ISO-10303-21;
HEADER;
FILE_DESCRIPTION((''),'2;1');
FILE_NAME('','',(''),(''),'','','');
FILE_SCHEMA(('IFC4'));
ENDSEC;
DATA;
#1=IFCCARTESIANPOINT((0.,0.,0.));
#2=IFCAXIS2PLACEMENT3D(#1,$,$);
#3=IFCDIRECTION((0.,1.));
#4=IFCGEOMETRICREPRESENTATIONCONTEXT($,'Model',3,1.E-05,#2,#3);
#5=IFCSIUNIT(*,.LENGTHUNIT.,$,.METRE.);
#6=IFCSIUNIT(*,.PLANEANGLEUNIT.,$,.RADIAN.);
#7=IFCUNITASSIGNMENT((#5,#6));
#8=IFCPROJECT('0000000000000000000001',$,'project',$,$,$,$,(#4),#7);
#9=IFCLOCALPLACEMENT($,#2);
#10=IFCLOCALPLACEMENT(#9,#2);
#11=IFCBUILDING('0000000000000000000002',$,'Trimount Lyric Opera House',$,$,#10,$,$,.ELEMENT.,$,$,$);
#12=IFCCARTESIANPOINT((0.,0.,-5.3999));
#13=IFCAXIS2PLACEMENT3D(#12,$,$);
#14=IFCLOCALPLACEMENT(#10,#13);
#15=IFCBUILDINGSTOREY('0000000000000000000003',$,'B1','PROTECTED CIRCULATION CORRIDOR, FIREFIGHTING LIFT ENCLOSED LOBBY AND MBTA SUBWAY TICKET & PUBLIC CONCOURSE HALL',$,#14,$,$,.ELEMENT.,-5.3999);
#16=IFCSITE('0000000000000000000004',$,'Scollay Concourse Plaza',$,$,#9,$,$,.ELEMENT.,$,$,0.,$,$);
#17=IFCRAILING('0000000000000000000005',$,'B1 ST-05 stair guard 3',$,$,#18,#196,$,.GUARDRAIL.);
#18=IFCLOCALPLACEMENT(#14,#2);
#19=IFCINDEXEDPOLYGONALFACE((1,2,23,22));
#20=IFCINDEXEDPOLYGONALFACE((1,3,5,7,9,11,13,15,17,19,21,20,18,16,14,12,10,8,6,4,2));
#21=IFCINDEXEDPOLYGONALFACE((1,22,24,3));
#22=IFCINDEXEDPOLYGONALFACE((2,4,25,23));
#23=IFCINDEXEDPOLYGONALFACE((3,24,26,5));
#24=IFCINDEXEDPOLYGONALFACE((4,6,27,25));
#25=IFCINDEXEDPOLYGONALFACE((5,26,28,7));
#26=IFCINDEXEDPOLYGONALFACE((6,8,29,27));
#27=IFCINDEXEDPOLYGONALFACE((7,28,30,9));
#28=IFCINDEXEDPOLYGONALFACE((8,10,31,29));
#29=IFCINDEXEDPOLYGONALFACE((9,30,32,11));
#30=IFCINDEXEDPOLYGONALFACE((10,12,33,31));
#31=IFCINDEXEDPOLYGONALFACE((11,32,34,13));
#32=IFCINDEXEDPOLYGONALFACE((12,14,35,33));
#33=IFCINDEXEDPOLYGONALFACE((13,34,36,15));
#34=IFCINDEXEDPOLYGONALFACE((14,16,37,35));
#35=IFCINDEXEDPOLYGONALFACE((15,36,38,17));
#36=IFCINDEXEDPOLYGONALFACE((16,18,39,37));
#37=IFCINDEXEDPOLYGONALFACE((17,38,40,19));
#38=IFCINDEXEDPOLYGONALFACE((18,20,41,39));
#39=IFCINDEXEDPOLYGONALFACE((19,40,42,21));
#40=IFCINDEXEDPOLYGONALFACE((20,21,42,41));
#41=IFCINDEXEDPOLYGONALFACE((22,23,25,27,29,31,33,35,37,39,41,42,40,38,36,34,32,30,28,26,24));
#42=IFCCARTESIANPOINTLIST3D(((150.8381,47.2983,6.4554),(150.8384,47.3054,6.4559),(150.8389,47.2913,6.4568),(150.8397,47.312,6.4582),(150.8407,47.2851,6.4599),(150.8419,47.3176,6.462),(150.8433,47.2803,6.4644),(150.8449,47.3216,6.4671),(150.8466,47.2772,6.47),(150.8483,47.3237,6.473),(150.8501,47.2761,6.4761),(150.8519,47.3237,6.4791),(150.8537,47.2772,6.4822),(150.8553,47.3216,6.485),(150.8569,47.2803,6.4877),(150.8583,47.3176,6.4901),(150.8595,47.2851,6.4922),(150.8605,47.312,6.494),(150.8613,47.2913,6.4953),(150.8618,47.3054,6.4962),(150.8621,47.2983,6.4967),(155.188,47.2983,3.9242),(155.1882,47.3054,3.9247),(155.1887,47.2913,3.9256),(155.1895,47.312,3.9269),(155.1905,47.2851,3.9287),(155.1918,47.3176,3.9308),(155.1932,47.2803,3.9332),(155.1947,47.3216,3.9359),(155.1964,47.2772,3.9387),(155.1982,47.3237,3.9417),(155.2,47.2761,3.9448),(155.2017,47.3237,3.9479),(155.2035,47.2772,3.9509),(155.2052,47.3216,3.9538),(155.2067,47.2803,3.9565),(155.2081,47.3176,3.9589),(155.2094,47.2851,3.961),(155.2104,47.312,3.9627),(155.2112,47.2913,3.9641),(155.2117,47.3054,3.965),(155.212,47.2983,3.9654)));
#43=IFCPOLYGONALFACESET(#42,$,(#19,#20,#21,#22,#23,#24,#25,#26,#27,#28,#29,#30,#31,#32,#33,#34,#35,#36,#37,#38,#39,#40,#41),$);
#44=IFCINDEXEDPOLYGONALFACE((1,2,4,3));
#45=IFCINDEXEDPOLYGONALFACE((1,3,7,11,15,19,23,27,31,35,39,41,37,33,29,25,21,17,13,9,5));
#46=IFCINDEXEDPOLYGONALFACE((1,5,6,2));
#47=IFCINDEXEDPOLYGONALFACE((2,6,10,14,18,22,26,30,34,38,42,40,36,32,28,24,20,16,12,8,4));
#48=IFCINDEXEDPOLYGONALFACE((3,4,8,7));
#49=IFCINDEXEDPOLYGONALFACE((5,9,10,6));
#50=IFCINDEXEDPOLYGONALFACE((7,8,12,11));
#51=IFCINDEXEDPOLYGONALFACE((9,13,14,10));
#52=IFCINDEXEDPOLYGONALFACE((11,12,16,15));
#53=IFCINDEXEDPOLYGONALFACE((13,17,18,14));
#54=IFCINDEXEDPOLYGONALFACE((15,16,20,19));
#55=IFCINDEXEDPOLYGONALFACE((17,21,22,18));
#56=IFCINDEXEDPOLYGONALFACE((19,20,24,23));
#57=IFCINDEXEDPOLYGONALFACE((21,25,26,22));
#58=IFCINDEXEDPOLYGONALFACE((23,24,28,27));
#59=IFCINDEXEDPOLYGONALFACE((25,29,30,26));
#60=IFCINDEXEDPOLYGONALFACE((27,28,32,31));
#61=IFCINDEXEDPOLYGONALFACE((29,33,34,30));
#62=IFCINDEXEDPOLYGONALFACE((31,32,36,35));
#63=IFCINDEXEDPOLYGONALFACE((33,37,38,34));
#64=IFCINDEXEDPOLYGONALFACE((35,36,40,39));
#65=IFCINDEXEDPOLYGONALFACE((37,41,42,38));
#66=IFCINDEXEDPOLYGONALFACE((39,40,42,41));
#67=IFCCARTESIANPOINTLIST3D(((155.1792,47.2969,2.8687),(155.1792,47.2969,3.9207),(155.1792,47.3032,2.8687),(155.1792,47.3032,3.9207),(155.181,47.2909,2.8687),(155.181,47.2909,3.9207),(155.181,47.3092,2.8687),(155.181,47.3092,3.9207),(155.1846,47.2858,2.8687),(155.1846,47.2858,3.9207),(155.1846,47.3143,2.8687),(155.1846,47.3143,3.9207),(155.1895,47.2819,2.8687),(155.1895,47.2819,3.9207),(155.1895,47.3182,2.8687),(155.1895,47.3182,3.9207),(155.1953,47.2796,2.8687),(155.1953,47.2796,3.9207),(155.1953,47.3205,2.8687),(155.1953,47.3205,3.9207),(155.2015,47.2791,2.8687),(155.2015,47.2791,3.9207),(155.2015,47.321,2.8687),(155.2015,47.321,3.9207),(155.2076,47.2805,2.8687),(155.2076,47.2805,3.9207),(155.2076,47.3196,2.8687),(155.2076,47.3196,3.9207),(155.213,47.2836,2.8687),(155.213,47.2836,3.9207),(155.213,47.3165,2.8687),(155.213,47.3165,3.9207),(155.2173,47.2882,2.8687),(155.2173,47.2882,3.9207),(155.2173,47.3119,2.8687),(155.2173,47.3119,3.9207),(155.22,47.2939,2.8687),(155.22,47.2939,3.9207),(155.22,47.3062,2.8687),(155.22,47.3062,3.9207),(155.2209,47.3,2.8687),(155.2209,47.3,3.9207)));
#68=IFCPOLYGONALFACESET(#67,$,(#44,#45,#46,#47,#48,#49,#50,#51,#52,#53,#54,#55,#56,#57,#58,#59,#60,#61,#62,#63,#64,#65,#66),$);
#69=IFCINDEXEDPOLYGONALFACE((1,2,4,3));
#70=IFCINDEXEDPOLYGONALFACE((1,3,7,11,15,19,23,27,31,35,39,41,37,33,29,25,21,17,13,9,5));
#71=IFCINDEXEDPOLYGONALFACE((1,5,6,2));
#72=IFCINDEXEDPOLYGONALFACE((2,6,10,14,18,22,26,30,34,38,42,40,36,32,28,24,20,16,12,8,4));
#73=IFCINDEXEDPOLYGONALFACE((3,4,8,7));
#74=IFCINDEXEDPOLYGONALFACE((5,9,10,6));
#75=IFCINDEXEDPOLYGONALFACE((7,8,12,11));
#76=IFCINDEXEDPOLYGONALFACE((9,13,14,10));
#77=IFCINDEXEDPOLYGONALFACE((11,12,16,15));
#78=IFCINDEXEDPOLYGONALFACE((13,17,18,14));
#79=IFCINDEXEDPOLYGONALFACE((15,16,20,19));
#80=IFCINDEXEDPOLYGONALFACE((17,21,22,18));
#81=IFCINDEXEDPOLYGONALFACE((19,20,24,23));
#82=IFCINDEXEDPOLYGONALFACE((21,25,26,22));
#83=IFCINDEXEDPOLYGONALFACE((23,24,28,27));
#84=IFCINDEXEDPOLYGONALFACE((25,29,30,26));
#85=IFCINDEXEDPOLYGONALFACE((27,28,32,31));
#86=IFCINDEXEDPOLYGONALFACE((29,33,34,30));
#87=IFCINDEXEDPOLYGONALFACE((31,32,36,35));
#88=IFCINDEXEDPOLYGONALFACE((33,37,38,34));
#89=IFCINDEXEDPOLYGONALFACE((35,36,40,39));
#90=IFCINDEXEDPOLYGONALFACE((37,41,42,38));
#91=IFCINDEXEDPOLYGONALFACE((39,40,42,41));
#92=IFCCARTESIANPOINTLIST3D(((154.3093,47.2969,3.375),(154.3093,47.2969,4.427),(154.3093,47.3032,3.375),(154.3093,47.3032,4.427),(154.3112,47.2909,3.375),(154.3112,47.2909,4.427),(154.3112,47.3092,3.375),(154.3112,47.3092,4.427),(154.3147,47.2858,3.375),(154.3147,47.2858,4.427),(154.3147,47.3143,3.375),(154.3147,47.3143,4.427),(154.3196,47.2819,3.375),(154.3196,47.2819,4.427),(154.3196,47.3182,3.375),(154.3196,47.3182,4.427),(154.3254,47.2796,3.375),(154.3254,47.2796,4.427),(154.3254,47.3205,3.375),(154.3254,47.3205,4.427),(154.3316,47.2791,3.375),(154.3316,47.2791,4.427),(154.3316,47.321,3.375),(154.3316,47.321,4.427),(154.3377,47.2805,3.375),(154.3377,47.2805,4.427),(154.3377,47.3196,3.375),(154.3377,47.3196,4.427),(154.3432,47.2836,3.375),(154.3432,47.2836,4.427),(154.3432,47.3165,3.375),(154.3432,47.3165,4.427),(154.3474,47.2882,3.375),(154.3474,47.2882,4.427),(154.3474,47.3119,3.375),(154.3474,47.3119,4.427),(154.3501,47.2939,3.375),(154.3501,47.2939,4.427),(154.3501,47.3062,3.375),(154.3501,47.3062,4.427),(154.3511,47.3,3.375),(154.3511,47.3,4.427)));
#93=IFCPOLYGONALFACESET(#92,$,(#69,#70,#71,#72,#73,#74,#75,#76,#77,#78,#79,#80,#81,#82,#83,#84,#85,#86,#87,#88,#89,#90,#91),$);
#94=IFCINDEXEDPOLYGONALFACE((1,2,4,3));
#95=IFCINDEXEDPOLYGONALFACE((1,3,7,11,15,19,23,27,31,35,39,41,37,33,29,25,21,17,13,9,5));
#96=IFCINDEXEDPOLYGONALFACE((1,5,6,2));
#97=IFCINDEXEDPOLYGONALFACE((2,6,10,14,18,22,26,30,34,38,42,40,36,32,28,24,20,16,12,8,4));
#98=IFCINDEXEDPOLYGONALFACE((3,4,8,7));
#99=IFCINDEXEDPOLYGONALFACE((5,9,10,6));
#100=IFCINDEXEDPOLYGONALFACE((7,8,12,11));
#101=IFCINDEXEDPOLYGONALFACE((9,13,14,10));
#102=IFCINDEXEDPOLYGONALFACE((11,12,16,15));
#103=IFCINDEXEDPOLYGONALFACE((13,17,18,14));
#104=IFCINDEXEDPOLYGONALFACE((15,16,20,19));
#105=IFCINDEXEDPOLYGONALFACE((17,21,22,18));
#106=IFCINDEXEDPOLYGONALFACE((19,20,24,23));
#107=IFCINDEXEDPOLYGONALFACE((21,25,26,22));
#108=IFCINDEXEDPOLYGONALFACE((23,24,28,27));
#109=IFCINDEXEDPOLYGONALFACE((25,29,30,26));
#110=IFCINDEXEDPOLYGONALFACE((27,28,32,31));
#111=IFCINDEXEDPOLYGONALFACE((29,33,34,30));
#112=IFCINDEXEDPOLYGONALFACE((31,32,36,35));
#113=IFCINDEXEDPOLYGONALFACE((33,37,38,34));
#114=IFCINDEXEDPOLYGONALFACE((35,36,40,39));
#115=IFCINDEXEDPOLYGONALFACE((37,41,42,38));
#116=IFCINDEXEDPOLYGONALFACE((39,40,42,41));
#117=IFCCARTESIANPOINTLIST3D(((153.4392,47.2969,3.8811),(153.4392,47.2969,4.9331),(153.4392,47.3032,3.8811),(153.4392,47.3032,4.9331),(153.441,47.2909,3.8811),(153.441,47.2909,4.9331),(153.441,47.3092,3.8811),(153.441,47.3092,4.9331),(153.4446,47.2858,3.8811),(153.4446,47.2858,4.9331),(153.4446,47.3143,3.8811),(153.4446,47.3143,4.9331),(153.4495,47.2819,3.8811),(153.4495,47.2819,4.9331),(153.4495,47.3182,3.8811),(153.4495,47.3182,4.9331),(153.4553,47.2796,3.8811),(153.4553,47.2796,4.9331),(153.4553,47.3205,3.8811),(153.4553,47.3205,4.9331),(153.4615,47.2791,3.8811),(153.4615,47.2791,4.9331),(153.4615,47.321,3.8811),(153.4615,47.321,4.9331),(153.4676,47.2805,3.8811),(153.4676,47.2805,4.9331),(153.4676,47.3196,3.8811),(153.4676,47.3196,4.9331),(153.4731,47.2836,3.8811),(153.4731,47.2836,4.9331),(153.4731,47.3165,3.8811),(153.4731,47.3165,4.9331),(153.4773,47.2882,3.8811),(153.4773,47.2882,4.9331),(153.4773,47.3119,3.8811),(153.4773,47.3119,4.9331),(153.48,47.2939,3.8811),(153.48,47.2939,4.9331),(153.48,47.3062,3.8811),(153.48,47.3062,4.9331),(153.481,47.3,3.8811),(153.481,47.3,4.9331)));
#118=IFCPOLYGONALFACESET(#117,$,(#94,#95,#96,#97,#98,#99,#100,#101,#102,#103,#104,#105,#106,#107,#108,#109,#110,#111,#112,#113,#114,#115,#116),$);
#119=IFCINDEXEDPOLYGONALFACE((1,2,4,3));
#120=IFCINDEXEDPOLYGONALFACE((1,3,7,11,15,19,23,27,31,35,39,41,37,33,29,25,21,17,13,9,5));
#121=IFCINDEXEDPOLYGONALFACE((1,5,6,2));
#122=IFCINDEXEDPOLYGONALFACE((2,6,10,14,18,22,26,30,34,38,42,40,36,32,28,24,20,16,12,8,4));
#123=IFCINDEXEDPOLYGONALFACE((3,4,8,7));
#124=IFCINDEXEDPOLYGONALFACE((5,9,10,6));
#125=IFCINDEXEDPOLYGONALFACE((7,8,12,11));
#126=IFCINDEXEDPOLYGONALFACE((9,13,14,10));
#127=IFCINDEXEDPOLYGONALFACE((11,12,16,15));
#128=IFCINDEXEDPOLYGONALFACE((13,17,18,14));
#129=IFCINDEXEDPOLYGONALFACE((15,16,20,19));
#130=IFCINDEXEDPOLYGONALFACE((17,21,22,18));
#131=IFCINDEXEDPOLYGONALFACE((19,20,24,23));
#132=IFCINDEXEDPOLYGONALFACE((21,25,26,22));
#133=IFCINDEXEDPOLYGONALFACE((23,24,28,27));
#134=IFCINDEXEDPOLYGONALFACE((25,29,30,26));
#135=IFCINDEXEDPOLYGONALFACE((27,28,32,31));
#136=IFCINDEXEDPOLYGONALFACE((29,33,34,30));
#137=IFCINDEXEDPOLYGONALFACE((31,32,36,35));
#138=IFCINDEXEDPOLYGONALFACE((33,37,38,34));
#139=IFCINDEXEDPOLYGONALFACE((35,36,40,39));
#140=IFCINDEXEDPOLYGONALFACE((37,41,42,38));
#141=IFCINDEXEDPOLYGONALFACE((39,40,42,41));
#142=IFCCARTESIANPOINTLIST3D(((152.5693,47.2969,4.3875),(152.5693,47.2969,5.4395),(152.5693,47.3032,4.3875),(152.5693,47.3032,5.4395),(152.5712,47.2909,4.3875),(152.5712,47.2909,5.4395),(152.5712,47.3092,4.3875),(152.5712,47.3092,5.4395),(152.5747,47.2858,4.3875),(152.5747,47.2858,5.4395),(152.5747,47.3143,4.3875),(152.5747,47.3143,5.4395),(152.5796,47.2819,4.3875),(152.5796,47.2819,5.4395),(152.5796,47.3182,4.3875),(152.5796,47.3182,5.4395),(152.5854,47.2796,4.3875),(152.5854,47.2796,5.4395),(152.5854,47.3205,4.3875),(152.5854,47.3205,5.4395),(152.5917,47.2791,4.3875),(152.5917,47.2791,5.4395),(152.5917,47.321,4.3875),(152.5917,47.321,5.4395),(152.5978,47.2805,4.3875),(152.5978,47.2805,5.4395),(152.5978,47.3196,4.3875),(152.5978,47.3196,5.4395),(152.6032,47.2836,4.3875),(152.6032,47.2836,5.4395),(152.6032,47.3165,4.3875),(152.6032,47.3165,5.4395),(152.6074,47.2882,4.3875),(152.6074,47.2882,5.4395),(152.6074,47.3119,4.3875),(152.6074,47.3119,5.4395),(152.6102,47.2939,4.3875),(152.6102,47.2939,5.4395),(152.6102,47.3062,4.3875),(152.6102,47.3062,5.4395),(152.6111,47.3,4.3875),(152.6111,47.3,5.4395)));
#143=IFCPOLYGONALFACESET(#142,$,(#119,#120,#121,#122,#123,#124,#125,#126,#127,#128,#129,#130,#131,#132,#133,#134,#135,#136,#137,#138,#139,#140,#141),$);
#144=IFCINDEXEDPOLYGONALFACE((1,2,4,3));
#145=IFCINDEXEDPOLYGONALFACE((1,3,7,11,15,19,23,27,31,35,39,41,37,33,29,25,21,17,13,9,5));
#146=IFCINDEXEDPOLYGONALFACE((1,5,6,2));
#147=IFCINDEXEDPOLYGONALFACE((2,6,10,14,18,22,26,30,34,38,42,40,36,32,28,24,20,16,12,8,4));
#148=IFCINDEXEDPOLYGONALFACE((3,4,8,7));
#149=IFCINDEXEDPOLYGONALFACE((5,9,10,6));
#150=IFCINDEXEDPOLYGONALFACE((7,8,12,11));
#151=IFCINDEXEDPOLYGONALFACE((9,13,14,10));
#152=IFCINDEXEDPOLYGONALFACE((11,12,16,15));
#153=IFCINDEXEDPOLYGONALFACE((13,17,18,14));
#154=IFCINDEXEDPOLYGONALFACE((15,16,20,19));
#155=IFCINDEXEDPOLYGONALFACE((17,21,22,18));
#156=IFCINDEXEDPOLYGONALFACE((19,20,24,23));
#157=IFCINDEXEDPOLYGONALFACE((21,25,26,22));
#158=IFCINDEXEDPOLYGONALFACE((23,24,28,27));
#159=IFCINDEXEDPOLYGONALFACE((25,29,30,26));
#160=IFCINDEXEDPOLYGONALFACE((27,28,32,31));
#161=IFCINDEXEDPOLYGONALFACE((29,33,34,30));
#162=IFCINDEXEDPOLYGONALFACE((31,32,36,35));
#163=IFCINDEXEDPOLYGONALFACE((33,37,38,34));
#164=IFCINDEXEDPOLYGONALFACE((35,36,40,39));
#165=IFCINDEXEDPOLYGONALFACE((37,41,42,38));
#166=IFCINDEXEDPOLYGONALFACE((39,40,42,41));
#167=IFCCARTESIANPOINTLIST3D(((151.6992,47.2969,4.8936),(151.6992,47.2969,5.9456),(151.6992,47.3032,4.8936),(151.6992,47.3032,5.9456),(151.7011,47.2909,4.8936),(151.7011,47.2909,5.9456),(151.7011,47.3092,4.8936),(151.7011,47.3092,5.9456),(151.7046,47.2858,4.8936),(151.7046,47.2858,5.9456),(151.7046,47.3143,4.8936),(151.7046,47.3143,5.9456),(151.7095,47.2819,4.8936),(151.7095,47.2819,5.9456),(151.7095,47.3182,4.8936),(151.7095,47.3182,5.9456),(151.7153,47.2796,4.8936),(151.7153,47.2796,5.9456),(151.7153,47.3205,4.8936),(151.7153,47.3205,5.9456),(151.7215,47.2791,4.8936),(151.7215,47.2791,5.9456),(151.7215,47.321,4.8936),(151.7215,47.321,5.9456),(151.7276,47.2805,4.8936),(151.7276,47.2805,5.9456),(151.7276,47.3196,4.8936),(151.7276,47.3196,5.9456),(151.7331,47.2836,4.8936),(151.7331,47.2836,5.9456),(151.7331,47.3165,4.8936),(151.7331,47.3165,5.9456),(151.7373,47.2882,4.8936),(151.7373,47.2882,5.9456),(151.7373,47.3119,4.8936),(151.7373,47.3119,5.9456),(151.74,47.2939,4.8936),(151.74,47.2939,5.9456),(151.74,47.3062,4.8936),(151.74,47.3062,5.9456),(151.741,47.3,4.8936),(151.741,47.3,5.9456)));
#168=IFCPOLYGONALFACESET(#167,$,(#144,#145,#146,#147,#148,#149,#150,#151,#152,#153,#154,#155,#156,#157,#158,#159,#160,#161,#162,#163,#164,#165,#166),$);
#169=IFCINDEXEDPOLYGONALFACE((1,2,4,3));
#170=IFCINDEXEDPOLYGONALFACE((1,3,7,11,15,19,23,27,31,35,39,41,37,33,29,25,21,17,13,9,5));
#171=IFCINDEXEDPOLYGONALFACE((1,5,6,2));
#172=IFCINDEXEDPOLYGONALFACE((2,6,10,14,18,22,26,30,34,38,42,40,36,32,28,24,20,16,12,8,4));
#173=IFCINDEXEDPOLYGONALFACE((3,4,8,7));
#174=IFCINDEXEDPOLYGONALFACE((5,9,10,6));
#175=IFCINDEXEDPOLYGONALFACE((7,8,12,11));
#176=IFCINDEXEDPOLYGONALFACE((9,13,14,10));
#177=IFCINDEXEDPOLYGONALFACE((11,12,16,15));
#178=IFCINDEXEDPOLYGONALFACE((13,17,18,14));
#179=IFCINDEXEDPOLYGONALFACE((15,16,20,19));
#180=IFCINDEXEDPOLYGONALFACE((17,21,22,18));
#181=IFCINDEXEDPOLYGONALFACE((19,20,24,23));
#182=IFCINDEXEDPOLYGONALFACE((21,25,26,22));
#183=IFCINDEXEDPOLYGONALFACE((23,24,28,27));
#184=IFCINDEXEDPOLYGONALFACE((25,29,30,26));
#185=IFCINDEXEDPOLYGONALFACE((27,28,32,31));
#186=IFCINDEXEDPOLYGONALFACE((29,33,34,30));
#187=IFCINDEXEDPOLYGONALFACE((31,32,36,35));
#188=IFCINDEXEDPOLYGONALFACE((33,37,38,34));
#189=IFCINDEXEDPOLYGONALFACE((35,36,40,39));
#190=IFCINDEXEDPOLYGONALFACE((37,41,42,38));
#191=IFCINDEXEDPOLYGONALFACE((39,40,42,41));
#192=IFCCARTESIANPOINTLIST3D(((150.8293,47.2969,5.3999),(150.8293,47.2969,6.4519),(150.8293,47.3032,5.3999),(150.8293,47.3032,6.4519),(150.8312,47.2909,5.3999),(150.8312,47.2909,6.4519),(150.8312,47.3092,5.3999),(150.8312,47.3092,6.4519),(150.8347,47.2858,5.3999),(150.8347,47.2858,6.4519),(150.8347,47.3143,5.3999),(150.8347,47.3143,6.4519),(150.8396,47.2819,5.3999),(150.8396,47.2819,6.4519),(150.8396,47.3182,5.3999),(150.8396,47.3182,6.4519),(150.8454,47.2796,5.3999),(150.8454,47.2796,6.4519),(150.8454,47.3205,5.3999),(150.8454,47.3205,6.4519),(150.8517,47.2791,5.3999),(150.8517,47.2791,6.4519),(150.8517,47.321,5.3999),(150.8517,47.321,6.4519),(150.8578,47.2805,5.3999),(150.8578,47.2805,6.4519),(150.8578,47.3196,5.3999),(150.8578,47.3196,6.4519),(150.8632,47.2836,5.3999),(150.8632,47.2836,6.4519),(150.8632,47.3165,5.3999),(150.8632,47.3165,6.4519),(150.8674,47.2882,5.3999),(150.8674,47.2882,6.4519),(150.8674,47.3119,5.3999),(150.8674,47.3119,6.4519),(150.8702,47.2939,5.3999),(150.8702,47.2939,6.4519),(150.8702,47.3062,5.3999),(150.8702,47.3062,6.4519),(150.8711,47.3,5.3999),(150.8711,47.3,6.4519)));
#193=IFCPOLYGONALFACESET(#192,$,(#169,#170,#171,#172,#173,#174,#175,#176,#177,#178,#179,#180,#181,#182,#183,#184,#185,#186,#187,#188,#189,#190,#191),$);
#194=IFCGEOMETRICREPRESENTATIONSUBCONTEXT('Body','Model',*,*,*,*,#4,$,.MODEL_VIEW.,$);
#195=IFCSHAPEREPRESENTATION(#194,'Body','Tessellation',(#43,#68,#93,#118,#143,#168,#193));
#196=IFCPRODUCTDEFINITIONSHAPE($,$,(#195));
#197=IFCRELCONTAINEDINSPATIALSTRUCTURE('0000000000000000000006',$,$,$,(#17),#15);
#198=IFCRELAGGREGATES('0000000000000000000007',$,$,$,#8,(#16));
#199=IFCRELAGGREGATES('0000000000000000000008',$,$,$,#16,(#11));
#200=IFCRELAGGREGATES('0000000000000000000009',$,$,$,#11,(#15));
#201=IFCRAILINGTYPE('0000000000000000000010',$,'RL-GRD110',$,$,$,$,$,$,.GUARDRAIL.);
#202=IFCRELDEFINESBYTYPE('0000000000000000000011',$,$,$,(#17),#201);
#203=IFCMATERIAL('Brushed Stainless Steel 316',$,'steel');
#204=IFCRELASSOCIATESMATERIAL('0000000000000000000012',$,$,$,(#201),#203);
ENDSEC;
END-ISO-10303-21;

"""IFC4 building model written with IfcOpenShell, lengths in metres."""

from ifc_helpers import new_model, si_unit, direction, frame, origin, origin_2d, place, context, subcontext, project, spatial, circle, extrude, material, type_object, element, save


model = new_model("IFC4")

# Units and contexts
model_context = context("Model", 3, precision=1e-05, world=origin(), true_north=direction((0.0, 1.0)))
body_context = subcontext(model_context, "Body", "Model", "MODEL_VIEW")
ifc_project = project(units=[si_unit("LENGTHUNIT", "METRE"), si_unit("PLANEANGLEUNIT", "RADIAN")], contexts=[model_context])

# Site, building, storey
site_placement = place(None, origin())
site = spatial("IfcSite", under=ifc_project, at=site_placement, Name="Scollay Concourse Plaza", CompositionType="ELEMENT", RefElevation=0.0)
building_placement = place(site_placement, origin())
building = spatial("IfcBuilding", under=site, at=building_placement, Name="Trimount Lyric Opera House", CompositionType="ELEMENT")
storey_placement = place(building_placement, frame((0.0, 0.0, -5.3999)))
storey = spatial("IfcBuildingStorey", under=building, at=storey_placement, Name="B1", Description="PROTECTED CIRCULATION CORRIDOR, FIREFIGHTING LIFT ENCLOSED LOBBY AND MBTA SUBWAY TICKET & PUBLIC CONCOURSE HALL", CompositionType="ELEMENT", Elevation=-5.3999)

# Railing
ifc_material_1 = material(Name="Brushed Stainless Steel 316", Category="steel")
railing_type_1 = type_object("IfcRailingType", Name="RL-GRD110", PredefinedType="GUARDRAIL", material=ifc_material_1)
railing_1_placement = place(storey_placement, frame((155.2, 47.3, 2.8687)))
element("IfcRailing", 1, at=railing_1_placement, inside=storey, type_object=railing_type_1, Name="B1 ST-05 stair guard 3", PredefinedType="GUARDRAIL", context=body_context, shape_type="SweptSolid", body=[
    extrude(circle(Radius=0.0239, at=origin_2d()), frame((0.0, 0.0, 1.0762), z_axis=(-0.864312, 0.0, 0.502957), x_axis=(0.0, -1.0, 0.0)), (0.0, 0.0, 1.0), 5.0327),
    extrude(circle(Radius=0.021, at=origin_2d()), origin(), (0.0, 0.0, 1.0), 1.052),
    extrude(circle(Radius=0.021, at=origin_2d()), frame((-0.8699, 0.0, 0.5063)), (0.0, 0.0, 1.0), 1.052),
    extrude(circle(Radius=0.021, at=origin_2d()), frame((-1.74, 0.0, 1.0125)), (0.0, 0.0, 1.0), 1.052),
    extrude(circle(Radius=0.021, at=origin_2d()), frame((-2.6099, 0.0, 1.5188)), (0.0, 0.0, 1.0), 1.052),
    extrude(circle(Radius=0.021, at=origin_2d()), frame((-3.48, 0.0, 2.0249)), (0.0, 0.0, 1.0), 1.052),
    extrude(circle(Radius=0.021, at=origin_2d()), frame((-4.3499, 0.0, 2.5312)), (0.0, 0.0, 1.0), 1.052),
])

save(model, "model.ifc")
